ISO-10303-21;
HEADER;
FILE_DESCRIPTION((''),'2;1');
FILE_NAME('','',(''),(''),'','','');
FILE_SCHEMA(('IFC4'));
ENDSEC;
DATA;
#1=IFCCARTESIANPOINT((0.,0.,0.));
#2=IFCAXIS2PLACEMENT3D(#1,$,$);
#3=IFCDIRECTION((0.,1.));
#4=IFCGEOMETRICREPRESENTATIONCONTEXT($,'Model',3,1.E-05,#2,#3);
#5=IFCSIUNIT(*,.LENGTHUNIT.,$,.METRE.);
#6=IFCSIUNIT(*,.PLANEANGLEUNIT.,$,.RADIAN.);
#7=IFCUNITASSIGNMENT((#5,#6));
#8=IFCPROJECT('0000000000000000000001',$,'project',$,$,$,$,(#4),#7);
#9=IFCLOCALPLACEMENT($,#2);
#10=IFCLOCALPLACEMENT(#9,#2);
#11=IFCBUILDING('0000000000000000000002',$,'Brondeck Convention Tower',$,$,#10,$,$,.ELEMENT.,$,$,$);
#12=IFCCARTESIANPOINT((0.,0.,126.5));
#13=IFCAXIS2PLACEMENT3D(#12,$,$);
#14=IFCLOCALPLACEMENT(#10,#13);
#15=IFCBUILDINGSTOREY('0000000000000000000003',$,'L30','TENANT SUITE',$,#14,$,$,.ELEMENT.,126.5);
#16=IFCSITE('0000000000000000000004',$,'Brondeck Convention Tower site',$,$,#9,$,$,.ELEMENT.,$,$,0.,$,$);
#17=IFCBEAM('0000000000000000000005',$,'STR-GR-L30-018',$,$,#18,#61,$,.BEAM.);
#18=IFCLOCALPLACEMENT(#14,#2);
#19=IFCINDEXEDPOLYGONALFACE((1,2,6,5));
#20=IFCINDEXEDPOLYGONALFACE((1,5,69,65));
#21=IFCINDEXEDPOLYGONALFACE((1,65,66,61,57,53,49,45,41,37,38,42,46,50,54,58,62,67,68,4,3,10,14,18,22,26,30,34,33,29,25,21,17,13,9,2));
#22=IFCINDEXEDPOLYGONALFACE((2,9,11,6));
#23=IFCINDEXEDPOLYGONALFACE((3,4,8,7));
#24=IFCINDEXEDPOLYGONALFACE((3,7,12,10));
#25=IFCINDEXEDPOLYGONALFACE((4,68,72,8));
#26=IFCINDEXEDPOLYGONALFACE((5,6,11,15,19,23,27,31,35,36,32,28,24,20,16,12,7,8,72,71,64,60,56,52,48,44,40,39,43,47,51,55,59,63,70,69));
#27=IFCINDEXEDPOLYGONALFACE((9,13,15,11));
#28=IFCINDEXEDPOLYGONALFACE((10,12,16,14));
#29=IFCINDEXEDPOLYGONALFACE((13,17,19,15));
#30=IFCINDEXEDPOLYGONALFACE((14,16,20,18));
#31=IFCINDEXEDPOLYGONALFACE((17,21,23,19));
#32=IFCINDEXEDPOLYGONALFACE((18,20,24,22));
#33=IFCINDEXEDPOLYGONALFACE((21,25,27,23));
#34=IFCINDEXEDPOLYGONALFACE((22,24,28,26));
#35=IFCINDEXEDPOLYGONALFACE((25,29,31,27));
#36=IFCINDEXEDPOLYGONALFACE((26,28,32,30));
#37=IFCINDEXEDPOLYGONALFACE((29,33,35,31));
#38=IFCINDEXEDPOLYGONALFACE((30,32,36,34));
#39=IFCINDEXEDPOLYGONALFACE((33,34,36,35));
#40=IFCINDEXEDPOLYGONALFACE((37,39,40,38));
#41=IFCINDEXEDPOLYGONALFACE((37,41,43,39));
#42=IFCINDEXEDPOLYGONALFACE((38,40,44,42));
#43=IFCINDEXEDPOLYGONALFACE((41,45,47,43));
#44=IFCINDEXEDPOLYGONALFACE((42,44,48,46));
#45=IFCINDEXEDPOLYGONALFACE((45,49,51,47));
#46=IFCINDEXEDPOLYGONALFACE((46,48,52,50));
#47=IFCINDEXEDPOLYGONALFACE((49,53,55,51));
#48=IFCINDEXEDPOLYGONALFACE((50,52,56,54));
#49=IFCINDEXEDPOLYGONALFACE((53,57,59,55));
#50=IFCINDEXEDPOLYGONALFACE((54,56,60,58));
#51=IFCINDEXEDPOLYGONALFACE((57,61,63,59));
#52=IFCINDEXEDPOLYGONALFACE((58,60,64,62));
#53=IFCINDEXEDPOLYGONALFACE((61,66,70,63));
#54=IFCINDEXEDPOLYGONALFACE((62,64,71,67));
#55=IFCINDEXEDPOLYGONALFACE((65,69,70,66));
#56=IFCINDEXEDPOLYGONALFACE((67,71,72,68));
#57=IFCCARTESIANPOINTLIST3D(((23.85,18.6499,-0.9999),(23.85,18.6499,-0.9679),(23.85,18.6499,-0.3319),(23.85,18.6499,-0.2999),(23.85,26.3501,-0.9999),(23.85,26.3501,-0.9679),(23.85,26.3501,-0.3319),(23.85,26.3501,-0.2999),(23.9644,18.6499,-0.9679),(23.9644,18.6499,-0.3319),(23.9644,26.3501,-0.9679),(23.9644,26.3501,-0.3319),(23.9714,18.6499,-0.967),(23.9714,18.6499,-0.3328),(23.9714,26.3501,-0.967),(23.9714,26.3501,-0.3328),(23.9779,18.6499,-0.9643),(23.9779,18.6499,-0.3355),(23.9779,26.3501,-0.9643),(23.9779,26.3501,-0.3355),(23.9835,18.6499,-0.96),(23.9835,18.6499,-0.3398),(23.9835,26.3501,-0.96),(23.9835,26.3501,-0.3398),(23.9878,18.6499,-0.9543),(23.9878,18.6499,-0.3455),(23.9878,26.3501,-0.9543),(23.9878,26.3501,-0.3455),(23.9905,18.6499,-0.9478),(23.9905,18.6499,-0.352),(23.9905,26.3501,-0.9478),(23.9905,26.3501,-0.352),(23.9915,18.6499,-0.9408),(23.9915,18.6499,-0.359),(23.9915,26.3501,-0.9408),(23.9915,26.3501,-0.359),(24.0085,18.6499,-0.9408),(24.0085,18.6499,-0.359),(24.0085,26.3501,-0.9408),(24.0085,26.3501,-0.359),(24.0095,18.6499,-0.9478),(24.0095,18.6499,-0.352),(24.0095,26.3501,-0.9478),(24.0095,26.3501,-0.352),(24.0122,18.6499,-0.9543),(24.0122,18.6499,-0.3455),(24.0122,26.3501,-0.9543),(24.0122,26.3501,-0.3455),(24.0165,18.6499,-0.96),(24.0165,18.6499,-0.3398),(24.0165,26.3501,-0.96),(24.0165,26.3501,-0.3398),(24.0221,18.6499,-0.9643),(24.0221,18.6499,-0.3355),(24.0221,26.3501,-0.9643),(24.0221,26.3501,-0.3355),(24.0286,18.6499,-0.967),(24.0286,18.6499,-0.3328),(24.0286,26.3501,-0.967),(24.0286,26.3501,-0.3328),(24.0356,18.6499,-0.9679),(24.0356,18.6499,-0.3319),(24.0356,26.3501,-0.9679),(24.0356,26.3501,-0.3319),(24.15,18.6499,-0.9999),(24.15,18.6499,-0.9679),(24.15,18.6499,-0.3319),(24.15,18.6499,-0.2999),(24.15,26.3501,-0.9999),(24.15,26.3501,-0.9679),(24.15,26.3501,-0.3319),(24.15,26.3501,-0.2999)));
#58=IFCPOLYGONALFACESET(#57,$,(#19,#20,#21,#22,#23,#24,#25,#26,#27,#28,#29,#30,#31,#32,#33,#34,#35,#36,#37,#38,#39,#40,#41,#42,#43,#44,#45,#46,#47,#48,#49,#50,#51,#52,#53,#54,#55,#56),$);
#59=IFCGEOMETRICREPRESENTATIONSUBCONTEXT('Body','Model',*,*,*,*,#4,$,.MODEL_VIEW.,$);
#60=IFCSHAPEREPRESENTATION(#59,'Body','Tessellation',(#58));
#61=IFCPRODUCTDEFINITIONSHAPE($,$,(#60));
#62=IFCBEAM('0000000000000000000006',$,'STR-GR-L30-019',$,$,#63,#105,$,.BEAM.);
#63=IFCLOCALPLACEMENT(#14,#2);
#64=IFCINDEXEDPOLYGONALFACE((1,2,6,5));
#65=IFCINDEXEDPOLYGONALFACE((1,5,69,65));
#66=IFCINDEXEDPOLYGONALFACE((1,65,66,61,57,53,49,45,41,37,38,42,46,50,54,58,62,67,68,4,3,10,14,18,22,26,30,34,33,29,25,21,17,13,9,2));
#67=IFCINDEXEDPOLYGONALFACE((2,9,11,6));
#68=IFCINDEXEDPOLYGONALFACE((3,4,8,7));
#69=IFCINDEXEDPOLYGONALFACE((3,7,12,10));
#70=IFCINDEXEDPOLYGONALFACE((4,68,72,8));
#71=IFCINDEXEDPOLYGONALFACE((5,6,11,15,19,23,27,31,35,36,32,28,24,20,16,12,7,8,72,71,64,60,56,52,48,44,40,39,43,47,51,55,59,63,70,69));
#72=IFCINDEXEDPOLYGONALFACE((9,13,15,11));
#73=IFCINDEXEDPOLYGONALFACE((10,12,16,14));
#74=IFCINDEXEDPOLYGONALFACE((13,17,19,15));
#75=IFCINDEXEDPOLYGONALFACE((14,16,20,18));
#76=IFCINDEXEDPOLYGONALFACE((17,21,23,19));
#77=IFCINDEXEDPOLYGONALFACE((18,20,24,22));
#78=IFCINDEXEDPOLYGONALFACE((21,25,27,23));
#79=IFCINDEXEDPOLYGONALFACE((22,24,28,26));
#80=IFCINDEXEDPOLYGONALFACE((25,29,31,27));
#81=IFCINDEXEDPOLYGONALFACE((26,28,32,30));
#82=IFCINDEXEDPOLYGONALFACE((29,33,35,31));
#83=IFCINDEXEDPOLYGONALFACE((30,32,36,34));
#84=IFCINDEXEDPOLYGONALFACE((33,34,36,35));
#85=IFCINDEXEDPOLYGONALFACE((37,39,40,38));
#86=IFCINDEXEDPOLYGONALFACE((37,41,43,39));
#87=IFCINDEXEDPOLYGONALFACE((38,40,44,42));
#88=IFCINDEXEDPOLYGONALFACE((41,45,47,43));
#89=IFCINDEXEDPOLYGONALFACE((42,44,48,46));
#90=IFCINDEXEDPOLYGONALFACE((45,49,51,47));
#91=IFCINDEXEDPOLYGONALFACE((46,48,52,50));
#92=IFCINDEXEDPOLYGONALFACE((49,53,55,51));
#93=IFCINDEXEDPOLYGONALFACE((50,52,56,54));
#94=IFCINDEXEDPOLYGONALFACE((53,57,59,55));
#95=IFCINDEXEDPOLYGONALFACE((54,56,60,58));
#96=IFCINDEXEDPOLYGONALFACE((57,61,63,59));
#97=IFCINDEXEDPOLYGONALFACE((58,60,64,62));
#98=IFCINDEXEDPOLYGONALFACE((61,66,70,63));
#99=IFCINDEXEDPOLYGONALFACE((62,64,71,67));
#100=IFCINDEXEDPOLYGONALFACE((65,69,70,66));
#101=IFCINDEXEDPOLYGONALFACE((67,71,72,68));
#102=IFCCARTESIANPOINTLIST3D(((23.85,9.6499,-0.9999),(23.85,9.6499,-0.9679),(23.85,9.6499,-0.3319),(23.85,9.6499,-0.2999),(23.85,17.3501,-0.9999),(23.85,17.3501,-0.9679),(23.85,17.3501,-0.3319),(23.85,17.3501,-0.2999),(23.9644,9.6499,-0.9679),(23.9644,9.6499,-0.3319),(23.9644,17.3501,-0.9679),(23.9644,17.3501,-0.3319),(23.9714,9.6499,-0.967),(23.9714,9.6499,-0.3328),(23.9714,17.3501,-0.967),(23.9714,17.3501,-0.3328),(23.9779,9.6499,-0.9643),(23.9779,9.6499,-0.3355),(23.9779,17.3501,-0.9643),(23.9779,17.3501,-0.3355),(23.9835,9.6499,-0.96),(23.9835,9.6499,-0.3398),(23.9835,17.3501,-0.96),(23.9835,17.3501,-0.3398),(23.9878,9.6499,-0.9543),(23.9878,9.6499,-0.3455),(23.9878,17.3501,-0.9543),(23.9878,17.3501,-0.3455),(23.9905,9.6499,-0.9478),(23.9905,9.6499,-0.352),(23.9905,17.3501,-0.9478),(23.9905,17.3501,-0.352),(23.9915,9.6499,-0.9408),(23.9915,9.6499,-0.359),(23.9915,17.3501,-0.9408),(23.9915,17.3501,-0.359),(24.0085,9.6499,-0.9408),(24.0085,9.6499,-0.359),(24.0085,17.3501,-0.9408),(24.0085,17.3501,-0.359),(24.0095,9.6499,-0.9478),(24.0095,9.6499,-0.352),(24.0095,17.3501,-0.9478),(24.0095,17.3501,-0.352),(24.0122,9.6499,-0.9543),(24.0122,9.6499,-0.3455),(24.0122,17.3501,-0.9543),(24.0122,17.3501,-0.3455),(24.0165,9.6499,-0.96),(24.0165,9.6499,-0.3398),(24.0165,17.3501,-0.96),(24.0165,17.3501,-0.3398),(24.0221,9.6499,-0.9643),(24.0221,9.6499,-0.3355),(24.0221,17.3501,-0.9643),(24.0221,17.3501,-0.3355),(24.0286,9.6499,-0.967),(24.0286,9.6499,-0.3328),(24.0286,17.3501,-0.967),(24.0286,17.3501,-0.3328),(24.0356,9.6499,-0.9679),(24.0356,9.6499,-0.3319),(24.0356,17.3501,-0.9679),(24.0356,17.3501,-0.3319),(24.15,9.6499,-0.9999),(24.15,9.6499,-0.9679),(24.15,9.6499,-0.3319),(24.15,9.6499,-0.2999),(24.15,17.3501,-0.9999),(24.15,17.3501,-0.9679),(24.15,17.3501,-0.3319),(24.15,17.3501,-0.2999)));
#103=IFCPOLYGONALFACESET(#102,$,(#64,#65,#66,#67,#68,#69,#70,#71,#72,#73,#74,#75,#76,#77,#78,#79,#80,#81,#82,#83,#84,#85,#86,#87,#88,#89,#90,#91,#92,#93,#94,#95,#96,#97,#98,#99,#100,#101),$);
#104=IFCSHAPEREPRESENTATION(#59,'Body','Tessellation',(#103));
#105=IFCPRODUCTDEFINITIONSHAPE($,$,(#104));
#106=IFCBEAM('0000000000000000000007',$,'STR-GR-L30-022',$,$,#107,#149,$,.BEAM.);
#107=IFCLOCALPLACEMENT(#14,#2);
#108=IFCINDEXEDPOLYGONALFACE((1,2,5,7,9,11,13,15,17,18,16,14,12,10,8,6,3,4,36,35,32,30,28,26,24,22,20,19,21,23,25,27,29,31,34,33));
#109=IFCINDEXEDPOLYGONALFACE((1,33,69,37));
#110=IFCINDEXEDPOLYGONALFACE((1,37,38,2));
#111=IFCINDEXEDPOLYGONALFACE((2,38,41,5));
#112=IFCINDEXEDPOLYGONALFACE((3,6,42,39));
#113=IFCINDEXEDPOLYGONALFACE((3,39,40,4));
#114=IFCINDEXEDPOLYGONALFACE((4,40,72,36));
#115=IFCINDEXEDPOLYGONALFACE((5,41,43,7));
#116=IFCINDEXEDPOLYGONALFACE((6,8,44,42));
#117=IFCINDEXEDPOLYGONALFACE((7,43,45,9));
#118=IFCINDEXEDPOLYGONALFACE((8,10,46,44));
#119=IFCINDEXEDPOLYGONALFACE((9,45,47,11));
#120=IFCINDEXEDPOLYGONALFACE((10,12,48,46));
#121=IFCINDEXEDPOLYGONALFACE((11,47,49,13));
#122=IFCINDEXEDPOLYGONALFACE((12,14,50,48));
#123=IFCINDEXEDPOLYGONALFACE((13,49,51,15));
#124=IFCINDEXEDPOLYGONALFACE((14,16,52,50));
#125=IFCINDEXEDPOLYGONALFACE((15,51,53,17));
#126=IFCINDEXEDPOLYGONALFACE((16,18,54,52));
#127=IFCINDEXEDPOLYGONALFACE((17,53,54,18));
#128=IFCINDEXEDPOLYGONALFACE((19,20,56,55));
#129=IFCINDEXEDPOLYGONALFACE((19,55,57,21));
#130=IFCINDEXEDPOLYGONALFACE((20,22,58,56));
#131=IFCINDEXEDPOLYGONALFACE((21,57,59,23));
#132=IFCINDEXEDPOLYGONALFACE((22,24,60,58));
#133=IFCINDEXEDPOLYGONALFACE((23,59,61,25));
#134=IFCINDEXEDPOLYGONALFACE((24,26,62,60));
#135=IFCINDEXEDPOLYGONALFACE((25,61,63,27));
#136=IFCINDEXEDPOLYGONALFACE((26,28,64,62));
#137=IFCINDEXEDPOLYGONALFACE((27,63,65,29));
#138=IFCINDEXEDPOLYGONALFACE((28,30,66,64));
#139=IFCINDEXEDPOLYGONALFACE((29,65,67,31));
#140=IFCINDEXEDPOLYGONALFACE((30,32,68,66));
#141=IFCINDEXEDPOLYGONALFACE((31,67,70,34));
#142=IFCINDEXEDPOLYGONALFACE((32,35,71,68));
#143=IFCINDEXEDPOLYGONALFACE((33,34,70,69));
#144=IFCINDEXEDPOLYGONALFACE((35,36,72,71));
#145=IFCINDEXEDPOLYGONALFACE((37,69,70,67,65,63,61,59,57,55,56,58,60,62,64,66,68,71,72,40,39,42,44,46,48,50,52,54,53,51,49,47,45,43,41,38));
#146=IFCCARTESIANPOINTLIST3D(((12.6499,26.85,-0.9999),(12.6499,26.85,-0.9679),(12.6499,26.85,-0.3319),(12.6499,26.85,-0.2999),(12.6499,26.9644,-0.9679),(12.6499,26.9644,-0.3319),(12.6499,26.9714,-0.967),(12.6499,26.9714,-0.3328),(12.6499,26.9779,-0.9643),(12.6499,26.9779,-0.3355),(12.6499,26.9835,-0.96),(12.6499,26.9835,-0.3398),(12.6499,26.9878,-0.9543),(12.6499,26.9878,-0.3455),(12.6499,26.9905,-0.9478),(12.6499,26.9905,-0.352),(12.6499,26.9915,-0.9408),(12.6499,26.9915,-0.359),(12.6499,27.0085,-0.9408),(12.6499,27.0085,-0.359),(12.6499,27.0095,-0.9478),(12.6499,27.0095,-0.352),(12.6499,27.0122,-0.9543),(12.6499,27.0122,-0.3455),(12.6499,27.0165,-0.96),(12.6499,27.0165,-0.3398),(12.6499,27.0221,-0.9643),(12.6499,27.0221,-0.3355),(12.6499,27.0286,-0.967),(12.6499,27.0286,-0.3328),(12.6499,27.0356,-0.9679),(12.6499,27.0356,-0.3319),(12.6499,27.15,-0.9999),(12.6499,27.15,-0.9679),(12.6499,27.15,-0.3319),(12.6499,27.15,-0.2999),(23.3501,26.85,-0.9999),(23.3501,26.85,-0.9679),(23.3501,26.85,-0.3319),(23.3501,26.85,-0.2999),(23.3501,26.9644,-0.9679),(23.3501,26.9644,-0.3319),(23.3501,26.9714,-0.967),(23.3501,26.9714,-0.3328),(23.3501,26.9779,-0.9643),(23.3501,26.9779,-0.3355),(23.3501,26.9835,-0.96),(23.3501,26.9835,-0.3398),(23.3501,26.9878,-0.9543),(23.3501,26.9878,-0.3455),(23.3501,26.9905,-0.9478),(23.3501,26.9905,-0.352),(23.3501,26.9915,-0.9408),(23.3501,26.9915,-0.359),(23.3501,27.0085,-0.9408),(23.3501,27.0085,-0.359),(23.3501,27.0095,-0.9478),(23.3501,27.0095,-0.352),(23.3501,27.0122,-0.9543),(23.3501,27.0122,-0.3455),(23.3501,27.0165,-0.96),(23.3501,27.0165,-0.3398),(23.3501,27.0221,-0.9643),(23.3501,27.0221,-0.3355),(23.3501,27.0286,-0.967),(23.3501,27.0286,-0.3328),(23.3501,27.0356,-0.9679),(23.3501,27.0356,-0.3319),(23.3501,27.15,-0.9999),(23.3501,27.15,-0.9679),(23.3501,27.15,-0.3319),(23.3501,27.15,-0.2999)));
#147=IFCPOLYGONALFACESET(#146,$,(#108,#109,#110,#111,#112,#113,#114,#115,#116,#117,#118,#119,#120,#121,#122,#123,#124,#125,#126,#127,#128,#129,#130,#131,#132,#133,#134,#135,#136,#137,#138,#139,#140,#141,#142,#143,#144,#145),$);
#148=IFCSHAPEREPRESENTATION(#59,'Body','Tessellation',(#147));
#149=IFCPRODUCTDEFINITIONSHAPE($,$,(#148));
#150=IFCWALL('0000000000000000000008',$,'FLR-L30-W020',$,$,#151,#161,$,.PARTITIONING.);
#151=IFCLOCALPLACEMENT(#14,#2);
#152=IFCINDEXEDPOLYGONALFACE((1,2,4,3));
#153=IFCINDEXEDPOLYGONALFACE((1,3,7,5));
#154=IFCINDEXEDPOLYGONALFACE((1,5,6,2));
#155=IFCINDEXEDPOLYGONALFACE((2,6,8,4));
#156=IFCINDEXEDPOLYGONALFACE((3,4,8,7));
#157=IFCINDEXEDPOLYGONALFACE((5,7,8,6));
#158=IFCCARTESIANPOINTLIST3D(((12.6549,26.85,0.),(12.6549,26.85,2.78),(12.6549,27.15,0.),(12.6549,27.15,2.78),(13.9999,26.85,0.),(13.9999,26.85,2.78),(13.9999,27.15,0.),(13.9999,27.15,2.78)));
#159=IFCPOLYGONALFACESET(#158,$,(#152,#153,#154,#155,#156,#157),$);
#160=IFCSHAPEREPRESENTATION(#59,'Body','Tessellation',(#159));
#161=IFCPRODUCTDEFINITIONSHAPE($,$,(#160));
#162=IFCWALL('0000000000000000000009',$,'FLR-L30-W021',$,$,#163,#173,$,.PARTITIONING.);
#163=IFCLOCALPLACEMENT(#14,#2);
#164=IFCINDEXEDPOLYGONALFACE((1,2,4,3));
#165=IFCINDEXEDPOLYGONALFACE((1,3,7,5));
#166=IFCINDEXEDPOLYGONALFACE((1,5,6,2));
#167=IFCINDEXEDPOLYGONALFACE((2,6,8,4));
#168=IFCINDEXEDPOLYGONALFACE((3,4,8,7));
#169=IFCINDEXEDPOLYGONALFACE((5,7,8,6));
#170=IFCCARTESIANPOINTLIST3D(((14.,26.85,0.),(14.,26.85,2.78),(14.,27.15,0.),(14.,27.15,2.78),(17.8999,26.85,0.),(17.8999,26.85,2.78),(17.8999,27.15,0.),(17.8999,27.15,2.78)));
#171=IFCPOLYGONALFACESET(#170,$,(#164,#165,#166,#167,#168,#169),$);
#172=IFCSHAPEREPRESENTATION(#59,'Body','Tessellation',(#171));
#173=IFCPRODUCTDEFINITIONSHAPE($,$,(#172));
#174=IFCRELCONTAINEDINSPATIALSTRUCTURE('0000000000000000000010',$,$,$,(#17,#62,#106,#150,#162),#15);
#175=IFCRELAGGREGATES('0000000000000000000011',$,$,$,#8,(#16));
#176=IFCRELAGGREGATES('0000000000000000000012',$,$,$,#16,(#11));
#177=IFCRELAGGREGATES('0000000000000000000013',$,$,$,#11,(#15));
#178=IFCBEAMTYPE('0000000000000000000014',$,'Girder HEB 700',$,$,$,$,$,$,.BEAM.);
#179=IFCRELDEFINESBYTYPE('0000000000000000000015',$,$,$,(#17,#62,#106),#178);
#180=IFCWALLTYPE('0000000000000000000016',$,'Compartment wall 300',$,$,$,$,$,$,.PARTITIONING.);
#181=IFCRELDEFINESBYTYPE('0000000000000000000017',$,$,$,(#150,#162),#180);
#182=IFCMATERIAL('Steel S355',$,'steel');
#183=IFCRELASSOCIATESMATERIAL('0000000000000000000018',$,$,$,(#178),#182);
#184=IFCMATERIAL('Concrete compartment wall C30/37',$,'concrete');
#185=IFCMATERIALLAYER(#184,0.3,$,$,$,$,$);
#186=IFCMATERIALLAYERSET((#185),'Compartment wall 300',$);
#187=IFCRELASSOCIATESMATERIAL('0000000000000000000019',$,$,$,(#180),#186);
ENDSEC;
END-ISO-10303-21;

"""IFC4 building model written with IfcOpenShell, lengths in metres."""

from ifc_helpers import new_model, si_unit, direction, frame, frame_2d, origin, origin_2d, place, context, subcontext, project, spatial, rectangle, i_section, extrude, material, layer, layer_set, material_profile, profile_set, type_object, element, save


model = new_model("IFC4")

# Units and contexts
model_context = context("Model", 3, precision=1e-05, world=origin(), true_north=direction((0.0, 1.0)))
body_context = subcontext(model_context, "Body", "Model", "MODEL_VIEW")
ifc_project = project(units=[si_unit("LENGTHUNIT", "METRE"), si_unit("PLANEANGLEUNIT", "RADIAN")], contexts=[model_context])

# Site, building, storey
site_placement = place(None, origin())
site = spatial("IfcSite", under=ifc_project, at=site_placement, Name="Brondeck Convention Tower site", CompositionType="ELEMENT", RefElevation=0.0)
building_placement = place(site_placement, origin())
building = spatial("IfcBuilding", under=site, at=building_placement, Name="Brondeck Convention Tower", CompositionType="ELEMENT")
storey_placement = place(building_placement, frame((0.0, 0.0, 126.5)))
storey = spatial("IfcBuildingStorey", under=building, at=storey_placement, Name="L30", Description="TENANT SUITE", CompositionType="ELEMENT", Elevation=126.5)

# Beams
ifc_material_1 = material(Name="Steel S355", Category="steel")
ifc_material_profile_1 = material_profile(ifc_material_1, i_section(OverallWidth=0.3, OverallDepth=0.7, WebThickness=0.0171, FlangeThickness=0.032, FilletRadius=0.0271, at=origin_2d()), Name="HEB 700")
ifc_profile_set_1 = profile_set([ifc_material_profile_1], Name="Steel S355")
beam_type_1 = type_object("IfcBeamType", Name="Girder HEB 700", PredefinedType="BEAM", material=ifc_profile_set_1)
for number, where, z_axis, x_axis, name in (
    (1, (24.0, 26.3501, -0.6499), (0.0, -1.0, 0.0), (1.0, 0.0, 0.0), "STR-GR-L30-018"),
    (2, (24.0, 17.3501, -0.6499), (0.0, -1.0, 0.0), (1.0, 0.0, 0.0), "STR-GR-L30-019"),
):
    element("IfcBeam", number, at=place(storey_placement, frame(where, z_axis=z_axis, x_axis=x_axis)), inside=storey, type_object=beam_type_1, Name=name, PredefinedType="BEAM", context=body_context, shape_type="SweptSolid", body=[
        extrude(i_section(OverallWidth=0.3, OverallDepth=0.7, WebThickness=0.0171, FlangeThickness=0.032, FilletRadius=0.0271, at=origin_2d()), origin(), (0.0, 0.0, 1.0), 7.7002),
    ])
beam_1_placement = place(storey_placement, frame((12.6499, 27.0, -0.6499), z_axis=(1.0, 0.0, 0.0), x_axis=(0.0, 1.0, 0.0)))
element("IfcBeam", 3, at=beam_1_placement, inside=storey, type_object=beam_type_1, Name="STR-GR-L30-022", PredefinedType="BEAM", context=body_context, shape_type="SweptSolid", body=[
    extrude(i_section(OverallWidth=0.3, OverallDepth=0.7, WebThickness=0.0171, FlangeThickness=0.032, FilletRadius=0.0271, at=origin_2d()), origin(), (0.0, 0.0, 1.0), 10.7002),
])

# Walls
ifc_material_2 = material(Name="Concrete compartment wall C30/37", Category="concrete")
ifc_layer_1 = layer(ifc_material_2, 0.3)
ifc_layer_set_1 = layer_set([ifc_layer_1], Name="Compartment wall 300")
wall_type_1 = type_object("IfcWallType", Name="Compartment wall 300", PredefinedType="PARTITIONING", material=ifc_layer_set_1)
wall_1_placement = place(storey_placement, frame((12.655, 27.0, 0.0), z_axis=(0.0, 0.0, 1.0), x_axis=(1.0, 0.0, 0.0)))
element("IfcWall", 4, at=wall_1_placement, inside=storey, type_object=wall_type_1, Name="FLR-L30-W020", PredefinedType="PARTITIONING", context=body_context, shape_type="SweptSolid", body=[
    extrude(rectangle(XDim=1.345, YDim=0.3, at=frame_2d((0.6724, 0.0))), origin(), (0.0, 0.0, 1.0), 2.78),
])
wall_2_placement = place(storey_placement, frame((14.0, 27.0, 0.0), z_axis=(0.0, 0.0, 1.0), x_axis=(1.0, 0.0, 0.0)))
element("IfcWall", 5, at=wall_2_placement, inside=storey, type_object=wall_type_1, Name="FLR-L30-W021", PredefinedType="PARTITIONING", context=body_context, shape_type="SweptSolid", body=[
    extrude(rectangle(XDim=3.8999, YDim=0.3, at=frame_2d((1.95, 0.0))), origin(), (0.0, 0.0, 1.0), 2.78),
])

save(model, "model.ifc")
